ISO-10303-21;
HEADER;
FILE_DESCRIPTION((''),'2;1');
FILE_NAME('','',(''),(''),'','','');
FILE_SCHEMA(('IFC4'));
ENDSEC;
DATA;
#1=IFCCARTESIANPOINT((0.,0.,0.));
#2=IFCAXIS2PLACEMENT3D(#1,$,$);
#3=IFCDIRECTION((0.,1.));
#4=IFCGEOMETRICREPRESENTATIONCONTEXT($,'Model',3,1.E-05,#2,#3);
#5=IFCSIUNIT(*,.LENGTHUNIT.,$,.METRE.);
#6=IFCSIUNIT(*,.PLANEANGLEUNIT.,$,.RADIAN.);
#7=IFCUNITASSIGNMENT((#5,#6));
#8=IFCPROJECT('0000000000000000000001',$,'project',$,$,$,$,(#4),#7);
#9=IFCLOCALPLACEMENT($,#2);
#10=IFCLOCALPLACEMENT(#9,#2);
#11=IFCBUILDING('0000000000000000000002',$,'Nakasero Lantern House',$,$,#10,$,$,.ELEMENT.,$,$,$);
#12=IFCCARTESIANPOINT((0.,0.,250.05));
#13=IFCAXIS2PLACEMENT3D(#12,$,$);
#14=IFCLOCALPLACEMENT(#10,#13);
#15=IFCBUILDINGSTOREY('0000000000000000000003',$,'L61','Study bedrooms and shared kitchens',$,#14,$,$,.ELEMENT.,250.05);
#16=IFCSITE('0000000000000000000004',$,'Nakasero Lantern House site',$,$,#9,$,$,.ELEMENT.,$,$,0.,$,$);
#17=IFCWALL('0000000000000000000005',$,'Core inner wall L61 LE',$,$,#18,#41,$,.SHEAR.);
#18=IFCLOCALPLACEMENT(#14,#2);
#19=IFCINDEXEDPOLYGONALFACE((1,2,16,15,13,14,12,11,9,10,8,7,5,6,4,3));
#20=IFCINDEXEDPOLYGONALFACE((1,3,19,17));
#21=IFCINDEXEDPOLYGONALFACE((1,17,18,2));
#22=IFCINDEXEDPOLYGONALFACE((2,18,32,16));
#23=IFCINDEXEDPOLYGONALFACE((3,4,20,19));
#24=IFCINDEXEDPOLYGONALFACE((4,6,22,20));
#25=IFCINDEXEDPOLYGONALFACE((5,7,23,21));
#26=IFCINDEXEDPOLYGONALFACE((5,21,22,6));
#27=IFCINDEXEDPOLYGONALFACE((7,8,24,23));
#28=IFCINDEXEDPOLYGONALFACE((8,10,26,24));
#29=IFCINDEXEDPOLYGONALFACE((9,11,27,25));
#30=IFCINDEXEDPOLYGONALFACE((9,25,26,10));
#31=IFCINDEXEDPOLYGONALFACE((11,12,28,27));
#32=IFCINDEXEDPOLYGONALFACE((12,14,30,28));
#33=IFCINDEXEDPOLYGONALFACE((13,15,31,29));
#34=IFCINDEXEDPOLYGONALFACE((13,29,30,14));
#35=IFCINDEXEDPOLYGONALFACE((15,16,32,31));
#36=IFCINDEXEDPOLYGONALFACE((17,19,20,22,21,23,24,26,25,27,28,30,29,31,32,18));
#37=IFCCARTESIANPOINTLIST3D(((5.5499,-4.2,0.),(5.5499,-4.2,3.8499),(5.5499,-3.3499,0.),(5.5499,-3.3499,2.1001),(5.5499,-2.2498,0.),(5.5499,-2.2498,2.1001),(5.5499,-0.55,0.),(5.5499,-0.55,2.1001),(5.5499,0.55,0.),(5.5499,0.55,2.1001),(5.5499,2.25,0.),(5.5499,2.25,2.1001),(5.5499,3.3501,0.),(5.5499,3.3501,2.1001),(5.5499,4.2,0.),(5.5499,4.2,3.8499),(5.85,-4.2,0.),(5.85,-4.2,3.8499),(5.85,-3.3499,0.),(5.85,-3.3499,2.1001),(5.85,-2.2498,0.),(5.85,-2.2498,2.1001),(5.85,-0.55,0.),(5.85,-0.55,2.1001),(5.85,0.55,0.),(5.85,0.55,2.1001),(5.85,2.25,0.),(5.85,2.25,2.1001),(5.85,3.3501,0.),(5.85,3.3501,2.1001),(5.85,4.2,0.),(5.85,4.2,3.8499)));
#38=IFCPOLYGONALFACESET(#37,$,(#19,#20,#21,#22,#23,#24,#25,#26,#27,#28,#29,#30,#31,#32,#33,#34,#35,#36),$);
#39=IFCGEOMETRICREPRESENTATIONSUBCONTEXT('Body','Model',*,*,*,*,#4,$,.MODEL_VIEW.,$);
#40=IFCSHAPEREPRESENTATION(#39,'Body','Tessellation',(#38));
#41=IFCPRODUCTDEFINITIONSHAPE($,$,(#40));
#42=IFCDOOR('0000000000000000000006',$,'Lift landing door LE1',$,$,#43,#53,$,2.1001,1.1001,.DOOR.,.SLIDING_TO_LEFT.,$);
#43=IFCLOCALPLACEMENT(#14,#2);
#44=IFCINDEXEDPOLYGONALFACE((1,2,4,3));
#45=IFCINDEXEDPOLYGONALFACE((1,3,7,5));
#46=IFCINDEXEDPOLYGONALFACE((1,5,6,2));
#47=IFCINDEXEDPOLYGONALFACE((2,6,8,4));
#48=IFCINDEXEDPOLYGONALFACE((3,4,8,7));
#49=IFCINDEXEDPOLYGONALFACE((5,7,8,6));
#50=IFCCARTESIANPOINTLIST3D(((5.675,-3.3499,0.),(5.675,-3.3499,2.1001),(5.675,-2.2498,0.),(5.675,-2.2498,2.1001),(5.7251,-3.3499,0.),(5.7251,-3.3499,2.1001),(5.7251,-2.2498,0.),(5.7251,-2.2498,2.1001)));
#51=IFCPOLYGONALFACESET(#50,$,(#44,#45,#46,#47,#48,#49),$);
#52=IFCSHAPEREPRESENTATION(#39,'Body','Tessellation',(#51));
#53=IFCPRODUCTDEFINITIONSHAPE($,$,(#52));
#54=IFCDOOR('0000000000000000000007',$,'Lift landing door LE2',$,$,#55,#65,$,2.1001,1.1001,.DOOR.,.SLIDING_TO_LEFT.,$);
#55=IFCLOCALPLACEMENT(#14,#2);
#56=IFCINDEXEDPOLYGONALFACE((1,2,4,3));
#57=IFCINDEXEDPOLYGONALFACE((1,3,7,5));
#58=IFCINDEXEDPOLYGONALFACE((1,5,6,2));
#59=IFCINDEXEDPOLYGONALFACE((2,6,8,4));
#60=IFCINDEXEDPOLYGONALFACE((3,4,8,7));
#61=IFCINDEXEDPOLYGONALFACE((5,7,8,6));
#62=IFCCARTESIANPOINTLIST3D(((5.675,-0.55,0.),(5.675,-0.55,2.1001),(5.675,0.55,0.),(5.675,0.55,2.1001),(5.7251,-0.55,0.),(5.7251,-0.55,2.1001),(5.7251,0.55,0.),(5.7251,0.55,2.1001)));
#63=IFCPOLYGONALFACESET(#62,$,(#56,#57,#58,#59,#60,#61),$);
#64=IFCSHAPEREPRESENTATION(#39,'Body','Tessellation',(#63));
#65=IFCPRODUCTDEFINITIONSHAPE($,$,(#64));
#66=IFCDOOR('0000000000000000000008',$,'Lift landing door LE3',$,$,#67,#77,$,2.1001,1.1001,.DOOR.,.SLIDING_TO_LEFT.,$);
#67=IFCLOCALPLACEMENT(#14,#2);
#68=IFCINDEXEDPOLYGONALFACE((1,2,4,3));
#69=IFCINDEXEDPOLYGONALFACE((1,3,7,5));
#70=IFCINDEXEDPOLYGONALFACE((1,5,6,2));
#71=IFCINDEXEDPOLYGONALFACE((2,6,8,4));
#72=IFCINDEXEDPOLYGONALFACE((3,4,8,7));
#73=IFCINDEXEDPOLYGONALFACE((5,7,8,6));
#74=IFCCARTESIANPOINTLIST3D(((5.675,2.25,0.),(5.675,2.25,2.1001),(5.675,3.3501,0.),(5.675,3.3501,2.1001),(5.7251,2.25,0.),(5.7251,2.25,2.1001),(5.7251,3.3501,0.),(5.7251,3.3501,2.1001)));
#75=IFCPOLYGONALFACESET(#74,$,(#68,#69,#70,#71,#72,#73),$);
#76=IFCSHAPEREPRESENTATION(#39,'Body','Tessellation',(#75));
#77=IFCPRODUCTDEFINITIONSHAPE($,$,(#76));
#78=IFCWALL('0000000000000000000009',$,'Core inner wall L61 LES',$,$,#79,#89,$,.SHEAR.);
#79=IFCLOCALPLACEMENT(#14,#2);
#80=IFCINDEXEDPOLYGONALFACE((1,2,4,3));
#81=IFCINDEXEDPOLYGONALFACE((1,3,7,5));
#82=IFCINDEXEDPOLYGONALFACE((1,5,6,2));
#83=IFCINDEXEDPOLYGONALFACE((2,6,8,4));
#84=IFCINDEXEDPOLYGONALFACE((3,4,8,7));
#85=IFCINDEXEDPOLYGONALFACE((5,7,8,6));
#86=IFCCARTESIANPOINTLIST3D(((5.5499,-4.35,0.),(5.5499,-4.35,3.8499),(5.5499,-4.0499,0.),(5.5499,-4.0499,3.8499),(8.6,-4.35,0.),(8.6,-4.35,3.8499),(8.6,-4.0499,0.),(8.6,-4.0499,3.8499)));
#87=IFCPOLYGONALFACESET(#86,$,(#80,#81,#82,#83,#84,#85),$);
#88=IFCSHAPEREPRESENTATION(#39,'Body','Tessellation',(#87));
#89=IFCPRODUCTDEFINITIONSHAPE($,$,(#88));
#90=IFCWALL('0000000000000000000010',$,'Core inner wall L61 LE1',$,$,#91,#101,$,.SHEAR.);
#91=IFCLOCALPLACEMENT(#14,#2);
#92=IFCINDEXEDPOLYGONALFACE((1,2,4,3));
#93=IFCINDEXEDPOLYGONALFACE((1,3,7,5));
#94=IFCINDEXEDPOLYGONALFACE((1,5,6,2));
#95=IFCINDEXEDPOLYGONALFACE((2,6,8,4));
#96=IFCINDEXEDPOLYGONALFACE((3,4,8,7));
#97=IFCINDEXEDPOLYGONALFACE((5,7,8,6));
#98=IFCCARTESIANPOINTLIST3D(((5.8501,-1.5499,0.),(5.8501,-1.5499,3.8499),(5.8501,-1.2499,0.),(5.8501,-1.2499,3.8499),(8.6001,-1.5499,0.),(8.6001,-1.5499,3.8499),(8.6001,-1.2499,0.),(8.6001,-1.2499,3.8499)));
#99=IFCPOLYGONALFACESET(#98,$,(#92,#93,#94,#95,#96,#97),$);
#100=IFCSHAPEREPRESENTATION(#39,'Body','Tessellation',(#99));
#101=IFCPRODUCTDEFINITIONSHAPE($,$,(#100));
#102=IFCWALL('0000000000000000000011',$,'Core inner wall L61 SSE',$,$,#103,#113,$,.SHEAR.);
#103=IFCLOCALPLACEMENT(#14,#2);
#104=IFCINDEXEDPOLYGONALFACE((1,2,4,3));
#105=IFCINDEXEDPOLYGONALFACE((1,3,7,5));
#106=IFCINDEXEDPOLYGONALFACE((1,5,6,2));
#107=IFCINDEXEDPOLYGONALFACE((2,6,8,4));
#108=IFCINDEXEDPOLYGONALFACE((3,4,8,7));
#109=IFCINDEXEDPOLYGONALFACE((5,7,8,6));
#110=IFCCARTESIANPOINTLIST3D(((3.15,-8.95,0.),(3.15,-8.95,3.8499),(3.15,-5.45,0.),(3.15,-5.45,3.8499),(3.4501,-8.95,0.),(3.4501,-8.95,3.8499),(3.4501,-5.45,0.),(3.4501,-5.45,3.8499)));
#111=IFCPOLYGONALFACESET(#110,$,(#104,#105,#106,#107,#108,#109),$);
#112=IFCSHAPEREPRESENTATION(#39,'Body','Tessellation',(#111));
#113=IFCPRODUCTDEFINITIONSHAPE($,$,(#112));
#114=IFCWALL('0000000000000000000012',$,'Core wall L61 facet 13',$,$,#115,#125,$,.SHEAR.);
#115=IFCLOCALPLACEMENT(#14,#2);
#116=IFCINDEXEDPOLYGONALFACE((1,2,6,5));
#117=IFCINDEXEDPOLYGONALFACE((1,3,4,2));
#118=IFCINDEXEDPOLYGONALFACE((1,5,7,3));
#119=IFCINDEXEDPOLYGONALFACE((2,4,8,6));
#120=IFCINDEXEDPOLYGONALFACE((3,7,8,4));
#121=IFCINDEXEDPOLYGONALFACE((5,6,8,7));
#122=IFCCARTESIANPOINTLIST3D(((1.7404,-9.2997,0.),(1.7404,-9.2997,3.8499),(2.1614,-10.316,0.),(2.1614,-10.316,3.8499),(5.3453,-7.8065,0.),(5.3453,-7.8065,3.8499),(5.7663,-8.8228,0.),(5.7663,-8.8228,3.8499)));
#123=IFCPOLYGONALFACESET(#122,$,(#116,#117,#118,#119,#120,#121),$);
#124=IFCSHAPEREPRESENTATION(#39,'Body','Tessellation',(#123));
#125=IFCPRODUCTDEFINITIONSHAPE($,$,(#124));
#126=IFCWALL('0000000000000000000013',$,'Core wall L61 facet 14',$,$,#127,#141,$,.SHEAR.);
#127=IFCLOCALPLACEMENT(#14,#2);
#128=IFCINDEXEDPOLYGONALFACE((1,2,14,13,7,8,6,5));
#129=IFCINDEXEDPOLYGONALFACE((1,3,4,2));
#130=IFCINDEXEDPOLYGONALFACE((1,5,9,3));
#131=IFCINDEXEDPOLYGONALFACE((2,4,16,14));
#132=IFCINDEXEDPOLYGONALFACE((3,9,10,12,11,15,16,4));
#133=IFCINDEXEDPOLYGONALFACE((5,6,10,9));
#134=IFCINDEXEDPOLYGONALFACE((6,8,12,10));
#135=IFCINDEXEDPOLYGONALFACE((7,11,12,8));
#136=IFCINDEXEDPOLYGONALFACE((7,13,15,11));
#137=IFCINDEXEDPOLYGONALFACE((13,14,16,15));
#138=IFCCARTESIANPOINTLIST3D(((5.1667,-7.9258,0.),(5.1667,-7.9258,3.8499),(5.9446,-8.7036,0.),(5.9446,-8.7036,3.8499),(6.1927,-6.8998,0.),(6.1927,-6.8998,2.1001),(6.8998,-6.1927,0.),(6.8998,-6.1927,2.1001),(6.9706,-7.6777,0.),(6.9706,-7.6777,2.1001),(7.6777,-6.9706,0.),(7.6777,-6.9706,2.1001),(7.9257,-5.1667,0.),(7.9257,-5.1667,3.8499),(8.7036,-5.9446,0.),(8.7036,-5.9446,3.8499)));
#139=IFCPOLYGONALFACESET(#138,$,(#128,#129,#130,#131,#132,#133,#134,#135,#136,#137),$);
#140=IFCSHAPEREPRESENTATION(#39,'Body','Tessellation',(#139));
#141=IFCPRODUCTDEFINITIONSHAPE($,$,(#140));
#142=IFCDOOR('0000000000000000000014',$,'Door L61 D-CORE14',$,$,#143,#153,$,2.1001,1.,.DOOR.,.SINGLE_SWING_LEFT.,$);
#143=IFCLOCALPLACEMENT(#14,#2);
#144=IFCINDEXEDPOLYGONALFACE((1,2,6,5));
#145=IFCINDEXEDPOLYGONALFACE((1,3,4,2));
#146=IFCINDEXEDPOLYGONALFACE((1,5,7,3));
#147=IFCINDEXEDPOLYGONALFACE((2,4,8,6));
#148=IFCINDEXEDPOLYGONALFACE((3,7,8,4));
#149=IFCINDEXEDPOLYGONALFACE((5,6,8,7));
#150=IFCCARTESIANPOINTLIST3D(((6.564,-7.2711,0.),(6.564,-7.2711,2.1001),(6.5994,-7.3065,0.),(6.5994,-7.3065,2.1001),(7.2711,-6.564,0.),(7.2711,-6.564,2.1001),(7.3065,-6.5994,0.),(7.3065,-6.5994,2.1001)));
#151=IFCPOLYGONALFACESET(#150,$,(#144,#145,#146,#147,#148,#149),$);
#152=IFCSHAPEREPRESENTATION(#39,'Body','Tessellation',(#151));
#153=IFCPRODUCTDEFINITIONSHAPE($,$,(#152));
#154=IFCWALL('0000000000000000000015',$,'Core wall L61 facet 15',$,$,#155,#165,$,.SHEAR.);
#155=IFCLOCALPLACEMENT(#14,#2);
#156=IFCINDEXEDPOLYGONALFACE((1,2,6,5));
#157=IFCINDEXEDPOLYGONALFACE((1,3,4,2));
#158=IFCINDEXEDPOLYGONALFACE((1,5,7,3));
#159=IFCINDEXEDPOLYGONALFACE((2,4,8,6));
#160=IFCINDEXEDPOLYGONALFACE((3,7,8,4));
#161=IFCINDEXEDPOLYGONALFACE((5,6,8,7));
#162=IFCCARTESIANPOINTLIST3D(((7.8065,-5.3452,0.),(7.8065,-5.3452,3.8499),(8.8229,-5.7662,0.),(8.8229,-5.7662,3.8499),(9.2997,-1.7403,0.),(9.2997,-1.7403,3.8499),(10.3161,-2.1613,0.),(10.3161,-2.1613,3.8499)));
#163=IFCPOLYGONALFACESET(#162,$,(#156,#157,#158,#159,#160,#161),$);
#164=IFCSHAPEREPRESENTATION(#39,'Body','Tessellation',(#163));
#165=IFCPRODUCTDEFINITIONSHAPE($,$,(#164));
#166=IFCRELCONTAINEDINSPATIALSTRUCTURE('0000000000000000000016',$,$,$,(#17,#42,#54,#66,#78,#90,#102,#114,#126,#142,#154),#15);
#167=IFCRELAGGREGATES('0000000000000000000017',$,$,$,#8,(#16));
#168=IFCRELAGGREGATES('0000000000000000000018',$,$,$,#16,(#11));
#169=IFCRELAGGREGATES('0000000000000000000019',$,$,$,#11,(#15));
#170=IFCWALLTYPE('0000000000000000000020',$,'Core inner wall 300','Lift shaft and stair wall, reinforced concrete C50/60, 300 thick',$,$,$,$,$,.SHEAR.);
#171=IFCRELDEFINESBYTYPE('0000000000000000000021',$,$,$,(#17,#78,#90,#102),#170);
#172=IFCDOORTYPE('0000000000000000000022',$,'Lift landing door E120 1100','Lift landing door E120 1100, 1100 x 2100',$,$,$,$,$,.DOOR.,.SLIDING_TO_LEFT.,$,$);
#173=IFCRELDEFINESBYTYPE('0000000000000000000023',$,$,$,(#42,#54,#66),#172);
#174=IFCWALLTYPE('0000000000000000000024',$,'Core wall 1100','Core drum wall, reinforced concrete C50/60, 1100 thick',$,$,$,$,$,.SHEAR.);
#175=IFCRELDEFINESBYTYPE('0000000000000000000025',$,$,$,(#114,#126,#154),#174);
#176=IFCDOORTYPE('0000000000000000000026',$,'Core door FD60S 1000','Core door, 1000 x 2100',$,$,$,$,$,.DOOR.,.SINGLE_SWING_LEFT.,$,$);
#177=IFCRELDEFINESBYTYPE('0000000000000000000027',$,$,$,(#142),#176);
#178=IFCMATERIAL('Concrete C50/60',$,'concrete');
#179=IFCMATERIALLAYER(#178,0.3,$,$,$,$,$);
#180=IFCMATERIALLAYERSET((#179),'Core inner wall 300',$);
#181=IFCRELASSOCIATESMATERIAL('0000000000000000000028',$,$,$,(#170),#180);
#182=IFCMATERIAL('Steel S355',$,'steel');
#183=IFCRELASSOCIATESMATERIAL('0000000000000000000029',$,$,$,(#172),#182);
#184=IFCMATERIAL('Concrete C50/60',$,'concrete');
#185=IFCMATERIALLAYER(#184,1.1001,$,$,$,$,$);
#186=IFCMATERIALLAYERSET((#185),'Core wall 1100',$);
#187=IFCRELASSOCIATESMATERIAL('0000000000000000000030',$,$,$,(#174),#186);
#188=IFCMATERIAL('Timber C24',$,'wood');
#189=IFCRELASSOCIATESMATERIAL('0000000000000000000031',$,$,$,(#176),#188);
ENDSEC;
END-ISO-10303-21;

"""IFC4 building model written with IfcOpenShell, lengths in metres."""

from ifc_helpers import new_model, si_unit, direction, frame, frame_2d, origin, place, context, subcontext, project, spatial, rectangle, extrude, material, layer, layer_set, type_object, element, fill, save


model = new_model("IFC4")

# Units and contexts
model_context = context("Model", 3, precision=1e-05, world=origin(), true_north=direction((0.0, 1.0)))
body_context = subcontext(model_context, "Body", "Model", "MODEL_VIEW")
ifc_project = project(units=[si_unit("LENGTHUNIT", "METRE"), si_unit("PLANEANGLEUNIT", "RADIAN")], contexts=[model_context])

# Site, building, storey
site_placement = place(None, origin())
site = spatial("IfcSite", under=ifc_project, at=site_placement, Name="Nakasero Lantern House site", CompositionType="ELEMENT", RefElevation=0.0)
building_placement = place(site_placement, origin())
building = spatial("IfcBuilding", under=site, at=building_placement, Name="Nakasero Lantern House", CompositionType="ELEMENT")
storey_placement = place(building_placement, frame((0.0, 0.0, 250.05)))
storey = spatial("IfcBuildingStorey", under=building, at=storey_placement, Name="L61", Description="Study bedrooms and shared kitchens", CompositionType="ELEMENT", Elevation=250.05)

# Wall, openings, doors
ifc_material_1 = material(Name="Concrete C50/60", Category="concrete")
ifc_layer_1 = layer(ifc_material_1, 0.3)
ifc_layer_set_1 = layer_set([ifc_layer_1], Name="Core inner wall 300")
wall_type_1 = type_object("IfcWallType", Name="Core inner wall 300", Description="Lift shaft and stair wall, reinforced concrete C50/60, 300 thick", PredefinedType="SHEAR", material=ifc_layer_set_1)
wall_1_placement = place(storey_placement, frame((5.7, -4.2, 0.0), z_axis=(0.0, 0.0, 1.0), x_axis=(0.0, 1.0, 0.0)))
wall_1 = element("IfcWall", 1, at=wall_1_placement, inside=storey, type_object=wall_type_1, Name="Core inner wall L61 LE", PredefinedType="SHEAR", context=body_context, shape_type="SweptSolid", body=[
    extrude(rectangle(XDim=8.3999, YDim=0.3, at=frame_2d((4.2, 0.0))), origin(), (0.0, 0.0, 1.0), 3.8499),
])
opening_1_placement = place(wall_1_placement, frame((0.8501, 0.0, 0.0)))
opening_1 = element("IfcOpeningElement", 2, at=opening_1_placement, cuts=wall_1, PredefinedType="OPENING", context=body_context, shape_type="SweptSolid", body=[
    extrude(rectangle(XDim=1.1001, YDim=2.1001, at=frame_2d((0.55, 1.05))), frame((0.0, 0.1699, 0.0), z_axis=(0.0, -1.0, 0.0), x_axis=(1.0, 0.0, 0.0)), (0.0, 0.0, 1.0), 0.3401),
])
opening_2_placement = place(wall_1_placement, frame((3.6499, 0.0, 0.0)))
opening_2 = element("IfcOpeningElement", 3, at=opening_2_placement, cuts=wall_1, PredefinedType="OPENING", context=body_context, shape_type="SweptSolid", body=[
    extrude(rectangle(XDim=1.1001, YDim=2.1001, at=frame_2d((0.55, 1.05))), frame((0.0, 0.1699, 0.0), z_axis=(0.0, -1.0, 0.0), x_axis=(1.0, 0.0, 0.0)), (0.0, 0.0, 1.0), 0.3401),
])
opening_3_placement = place(wall_1_placement, frame((6.45, 0.0, 0.0)))
opening_3 = element("IfcOpeningElement", 4, at=opening_3_placement, cuts=wall_1, PredefinedType="OPENING", context=body_context, shape_type="SweptSolid", body=[
    extrude(rectangle(XDim=1.1001, YDim=2.1001, at=frame_2d((0.55, 1.05))), frame((0.0, 0.1699, 0.0), z_axis=(0.0, -1.0, 0.0), x_axis=(1.0, 0.0, 0.0)), (0.0, 0.0, 1.0), 0.3401),
])
ifc_material_2 = material(Name="Steel S355", Category="steel")
door_type_1 = type_object("IfcDoorType", Name="Lift landing door E120 1100", Description="Lift landing door E120 1100, 1100 x 2100", OperationType="SLIDING_TO_LEFT", PredefinedType="DOOR", material=ifc_material_2)
door_1_placement = place(opening_1_placement, origin())
door_1 = element("IfcDoor", 5, at=door_1_placement, inside=storey, type_object=door_type_1, Name="Lift landing door LE1", OperationType="SLIDING_TO_LEFT", OverallHeight=2.1001, OverallWidth=1.1001, PredefinedType="DOOR", context=body_context, shape_type="SweptSolid", body=[
    extrude(rectangle(XDim=1.1001, YDim=2.1001, at=frame_2d((0.55, 1.05))), frame((0.0, 0.0249, 0.0), z_axis=(0.0, -1.0, 0.0), x_axis=(1.0, 0.0, 0.0)), (0.0, 0.0, 1.0), 0.05),
])
fill(opening_1, door_1)
door_2_placement = place(opening_2_placement, origin())
door_2 = element("IfcDoor", 6, at=door_2_placement, inside=storey, type_object=door_type_1, Name="Lift landing door LE2", OperationType="SLIDING_TO_LEFT", OverallHeight=2.1001, OverallWidth=1.1001, PredefinedType="DOOR", context=body_context, shape_type="SweptSolid", body=[
    extrude(rectangle(XDim=1.1001, YDim=2.1001, at=frame_2d((0.55, 1.05))), frame((0.0, 0.0249, 0.0), z_axis=(0.0, -1.0, 0.0), x_axis=(1.0, 0.0, 0.0)), (0.0, 0.0, 1.0), 0.05),
])
fill(opening_2, door_2)
door_3_placement = place(opening_3_placement, origin())
door_3 = element("IfcDoor", 7, at=door_3_placement, inside=storey, type_object=door_type_1, Name="Lift landing door LE3", OperationType="SLIDING_TO_LEFT", OverallHeight=2.1001, OverallWidth=1.1001, PredefinedType="DOOR", context=body_context, shape_type="SweptSolid", body=[
    extrude(rectangle(XDim=1.1001, YDim=2.1001, at=frame_2d((0.55, 1.05))), frame((0.0, 0.0249, 0.0), z_axis=(0.0, -1.0, 0.0), x_axis=(1.0, 0.0, 0.0)), (0.0, 0.0, 1.0), 0.05),
])
fill(opening_3, door_3)

# Walls
wall_2_placement = place(storey_placement, frame((5.55, -4.2, 0.0), z_axis=(0.0, 0.0, 1.0), x_axis=(1.0, 0.0, 0.0)))
element("IfcWall", 8, at=wall_2_placement, inside=storey, type_object=wall_type_1, Name="Core inner wall L61 LES", PredefinedType="SHEAR", context=body_context, shape_type="SweptSolid", body=[
    extrude(rectangle(XDim=3.05, YDim=0.3, at=frame_2d((1.5249, 0.0))), origin(), (0.0, 0.0, 1.0), 3.8499),
])
wall_3_placement = place(storey_placement, frame((5.8501, -1.3999, 0.0), z_axis=(0.0, 0.0, 1.0), x_axis=(1.0, 0.0, 0.0)))
element("IfcWall", 9, at=wall_3_placement, inside=storey, type_object=wall_type_1, Name="Core inner wall L61 LE1", PredefinedType="SHEAR", context=body_context, shape_type="SweptSolid", body=[
    extrude(rectangle(XDim=2.75, YDim=0.3, at=frame_2d((1.375, 0.0))), origin(), (0.0, 0.0, 1.0), 3.8499),
])
wall_4_placement = place(storey_placement, frame((3.3, -5.45, 0.0), z_axis=(0.0, 0.0, 1.0), x_axis=(0.0, -1.0, 0.0)))
element("IfcWall", 10, at=wall_4_placement, inside=storey, type_object=wall_type_1, Name="Core inner wall L61 SSE", PredefinedType="SHEAR", context=body_context, shape_type="SweptSolid", body=[
    extrude(rectangle(XDim=3.5, YDim=0.3, at=frame_2d((1.75, 0.0))), origin(), (0.0, 0.0, 1.0), 3.8499),
])
ifc_material_3 = material(Name="Concrete C50/60", Category="concrete")
ifc_layer_2 = layer(ifc_material_3, 1.1001)
ifc_layer_set_2 = layer_set([ifc_layer_2], Name="Core wall 1100")
wall_type_2 = type_object("IfcWallType", Name="Core wall 1100", Description="Core drum wall, reinforced concrete C50/60, 1100 thick", PredefinedType="SHEAR", material=ifc_layer_set_2)
wall_5_placement = place(storey_placement, frame((1.9509, -9.8079, 0.0), z_axis=(0.0, 0.0, 1.0), x_axis=(0.923877, 0.382691, 0.0)))
element("IfcWall", 11, at=wall_5_placement, inside=storey, type_object=wall_type_2, Name="Core wall L61 facet 13", PredefinedType="SHEAR", context=body_context, shape_type="SweptSolid", body=[
    extrude(rectangle(XDim=3.9019, YDim=1.1001, at=frame_2d((1.9509, 0.0))), origin(), (0.0, 0.0, 1.0), 3.8499),
])

# Wall, opening, door
wall_6_placement = place(storey_placement, frame((5.5557, -8.3147, 0.0), z_axis=(0.0, 0.0, 1.0), x_axis=(0.707107, 0.707107, 0.0)))
wall_6 = element("IfcWall", 12, at=wall_6_placement, inside=storey, type_object=wall_type_2, Name="Core wall L61 facet 14", PredefinedType="SHEAR", context=body_context, shape_type="SweptSolid", body=[
    extrude(rectangle(XDim=3.9019, YDim=1.1001, at=frame_2d((1.9509, 0.0))), origin(), (0.0, 0.0, 1.0), 3.8499),
])
opening_4_placement = place(wall_6_placement, frame((1.4509, 0.0, 0.0)))
opening_4 = element("IfcOpeningElement", 13, at=opening_4_placement, cuts=wall_6, PredefinedType="OPENING", context=body_context, shape_type="SweptSolid", body=[
    extrude(rectangle(XDim=1.0, YDim=2.1001, at=frame_2d((0.5, 1.05))), frame((0.0, 0.5701, 0.0), z_axis=(0.0, -1.0, 0.0), x_axis=(1.0, 0.0, 0.0)), (0.0, 0.0, 1.0), 1.1401),
])
ifc_material_4 = material(Name="Timber C24", Category="wood")
door_type_2 = type_object("IfcDoorType", Name="Core door FD60S 1000", Description="Core door, 1000 x 2100", OperationType="SINGLE_SWING_LEFT", PredefinedType="DOOR", material=ifc_material_4)
door_4_placement = place(opening_4_placement, origin())
door_4 = element("IfcDoor", 14, at=door_4_placement, inside=storey, type_object=door_type_2, Name="Door L61 D-CORE14", OperationType="SINGLE_SWING_LEFT", OverallHeight=2.1001, OverallWidth=1.0, PredefinedType="DOOR", context=body_context, shape_type="SweptSolid", body=[
    extrude(rectangle(XDim=1.0, YDim=2.1001, at=frame_2d((0.5, 1.05))), frame((0.0, 0.0249, 0.0), z_axis=(0.0, -1.0, 0.0), x_axis=(1.0, 0.0, 0.0)), (0.0, 0.0, 1.0), 0.05),
])
fill(opening_4, door_4)

# Wall
wall_7_placement = place(storey_placement, frame((8.3147, -5.5557, 0.0), z_axis=(0.0, 0.0, 1.0), x_axis=(0.382691, 0.923877, 0.0)))
element("IfcWall", 15, at=wall_7_placement, inside=storey, type_object=wall_type_2, Name="Core wall L61 facet 15", PredefinedType="SHEAR", context=body_context, shape_type="SweptSolid", body=[
    extrude(rectangle(XDim=3.9019, YDim=1.1001, at=frame_2d((1.9509, 0.0))), origin(), (0.0, 0.0, 1.0), 3.8499),
])

save(model, "model.ifc")
